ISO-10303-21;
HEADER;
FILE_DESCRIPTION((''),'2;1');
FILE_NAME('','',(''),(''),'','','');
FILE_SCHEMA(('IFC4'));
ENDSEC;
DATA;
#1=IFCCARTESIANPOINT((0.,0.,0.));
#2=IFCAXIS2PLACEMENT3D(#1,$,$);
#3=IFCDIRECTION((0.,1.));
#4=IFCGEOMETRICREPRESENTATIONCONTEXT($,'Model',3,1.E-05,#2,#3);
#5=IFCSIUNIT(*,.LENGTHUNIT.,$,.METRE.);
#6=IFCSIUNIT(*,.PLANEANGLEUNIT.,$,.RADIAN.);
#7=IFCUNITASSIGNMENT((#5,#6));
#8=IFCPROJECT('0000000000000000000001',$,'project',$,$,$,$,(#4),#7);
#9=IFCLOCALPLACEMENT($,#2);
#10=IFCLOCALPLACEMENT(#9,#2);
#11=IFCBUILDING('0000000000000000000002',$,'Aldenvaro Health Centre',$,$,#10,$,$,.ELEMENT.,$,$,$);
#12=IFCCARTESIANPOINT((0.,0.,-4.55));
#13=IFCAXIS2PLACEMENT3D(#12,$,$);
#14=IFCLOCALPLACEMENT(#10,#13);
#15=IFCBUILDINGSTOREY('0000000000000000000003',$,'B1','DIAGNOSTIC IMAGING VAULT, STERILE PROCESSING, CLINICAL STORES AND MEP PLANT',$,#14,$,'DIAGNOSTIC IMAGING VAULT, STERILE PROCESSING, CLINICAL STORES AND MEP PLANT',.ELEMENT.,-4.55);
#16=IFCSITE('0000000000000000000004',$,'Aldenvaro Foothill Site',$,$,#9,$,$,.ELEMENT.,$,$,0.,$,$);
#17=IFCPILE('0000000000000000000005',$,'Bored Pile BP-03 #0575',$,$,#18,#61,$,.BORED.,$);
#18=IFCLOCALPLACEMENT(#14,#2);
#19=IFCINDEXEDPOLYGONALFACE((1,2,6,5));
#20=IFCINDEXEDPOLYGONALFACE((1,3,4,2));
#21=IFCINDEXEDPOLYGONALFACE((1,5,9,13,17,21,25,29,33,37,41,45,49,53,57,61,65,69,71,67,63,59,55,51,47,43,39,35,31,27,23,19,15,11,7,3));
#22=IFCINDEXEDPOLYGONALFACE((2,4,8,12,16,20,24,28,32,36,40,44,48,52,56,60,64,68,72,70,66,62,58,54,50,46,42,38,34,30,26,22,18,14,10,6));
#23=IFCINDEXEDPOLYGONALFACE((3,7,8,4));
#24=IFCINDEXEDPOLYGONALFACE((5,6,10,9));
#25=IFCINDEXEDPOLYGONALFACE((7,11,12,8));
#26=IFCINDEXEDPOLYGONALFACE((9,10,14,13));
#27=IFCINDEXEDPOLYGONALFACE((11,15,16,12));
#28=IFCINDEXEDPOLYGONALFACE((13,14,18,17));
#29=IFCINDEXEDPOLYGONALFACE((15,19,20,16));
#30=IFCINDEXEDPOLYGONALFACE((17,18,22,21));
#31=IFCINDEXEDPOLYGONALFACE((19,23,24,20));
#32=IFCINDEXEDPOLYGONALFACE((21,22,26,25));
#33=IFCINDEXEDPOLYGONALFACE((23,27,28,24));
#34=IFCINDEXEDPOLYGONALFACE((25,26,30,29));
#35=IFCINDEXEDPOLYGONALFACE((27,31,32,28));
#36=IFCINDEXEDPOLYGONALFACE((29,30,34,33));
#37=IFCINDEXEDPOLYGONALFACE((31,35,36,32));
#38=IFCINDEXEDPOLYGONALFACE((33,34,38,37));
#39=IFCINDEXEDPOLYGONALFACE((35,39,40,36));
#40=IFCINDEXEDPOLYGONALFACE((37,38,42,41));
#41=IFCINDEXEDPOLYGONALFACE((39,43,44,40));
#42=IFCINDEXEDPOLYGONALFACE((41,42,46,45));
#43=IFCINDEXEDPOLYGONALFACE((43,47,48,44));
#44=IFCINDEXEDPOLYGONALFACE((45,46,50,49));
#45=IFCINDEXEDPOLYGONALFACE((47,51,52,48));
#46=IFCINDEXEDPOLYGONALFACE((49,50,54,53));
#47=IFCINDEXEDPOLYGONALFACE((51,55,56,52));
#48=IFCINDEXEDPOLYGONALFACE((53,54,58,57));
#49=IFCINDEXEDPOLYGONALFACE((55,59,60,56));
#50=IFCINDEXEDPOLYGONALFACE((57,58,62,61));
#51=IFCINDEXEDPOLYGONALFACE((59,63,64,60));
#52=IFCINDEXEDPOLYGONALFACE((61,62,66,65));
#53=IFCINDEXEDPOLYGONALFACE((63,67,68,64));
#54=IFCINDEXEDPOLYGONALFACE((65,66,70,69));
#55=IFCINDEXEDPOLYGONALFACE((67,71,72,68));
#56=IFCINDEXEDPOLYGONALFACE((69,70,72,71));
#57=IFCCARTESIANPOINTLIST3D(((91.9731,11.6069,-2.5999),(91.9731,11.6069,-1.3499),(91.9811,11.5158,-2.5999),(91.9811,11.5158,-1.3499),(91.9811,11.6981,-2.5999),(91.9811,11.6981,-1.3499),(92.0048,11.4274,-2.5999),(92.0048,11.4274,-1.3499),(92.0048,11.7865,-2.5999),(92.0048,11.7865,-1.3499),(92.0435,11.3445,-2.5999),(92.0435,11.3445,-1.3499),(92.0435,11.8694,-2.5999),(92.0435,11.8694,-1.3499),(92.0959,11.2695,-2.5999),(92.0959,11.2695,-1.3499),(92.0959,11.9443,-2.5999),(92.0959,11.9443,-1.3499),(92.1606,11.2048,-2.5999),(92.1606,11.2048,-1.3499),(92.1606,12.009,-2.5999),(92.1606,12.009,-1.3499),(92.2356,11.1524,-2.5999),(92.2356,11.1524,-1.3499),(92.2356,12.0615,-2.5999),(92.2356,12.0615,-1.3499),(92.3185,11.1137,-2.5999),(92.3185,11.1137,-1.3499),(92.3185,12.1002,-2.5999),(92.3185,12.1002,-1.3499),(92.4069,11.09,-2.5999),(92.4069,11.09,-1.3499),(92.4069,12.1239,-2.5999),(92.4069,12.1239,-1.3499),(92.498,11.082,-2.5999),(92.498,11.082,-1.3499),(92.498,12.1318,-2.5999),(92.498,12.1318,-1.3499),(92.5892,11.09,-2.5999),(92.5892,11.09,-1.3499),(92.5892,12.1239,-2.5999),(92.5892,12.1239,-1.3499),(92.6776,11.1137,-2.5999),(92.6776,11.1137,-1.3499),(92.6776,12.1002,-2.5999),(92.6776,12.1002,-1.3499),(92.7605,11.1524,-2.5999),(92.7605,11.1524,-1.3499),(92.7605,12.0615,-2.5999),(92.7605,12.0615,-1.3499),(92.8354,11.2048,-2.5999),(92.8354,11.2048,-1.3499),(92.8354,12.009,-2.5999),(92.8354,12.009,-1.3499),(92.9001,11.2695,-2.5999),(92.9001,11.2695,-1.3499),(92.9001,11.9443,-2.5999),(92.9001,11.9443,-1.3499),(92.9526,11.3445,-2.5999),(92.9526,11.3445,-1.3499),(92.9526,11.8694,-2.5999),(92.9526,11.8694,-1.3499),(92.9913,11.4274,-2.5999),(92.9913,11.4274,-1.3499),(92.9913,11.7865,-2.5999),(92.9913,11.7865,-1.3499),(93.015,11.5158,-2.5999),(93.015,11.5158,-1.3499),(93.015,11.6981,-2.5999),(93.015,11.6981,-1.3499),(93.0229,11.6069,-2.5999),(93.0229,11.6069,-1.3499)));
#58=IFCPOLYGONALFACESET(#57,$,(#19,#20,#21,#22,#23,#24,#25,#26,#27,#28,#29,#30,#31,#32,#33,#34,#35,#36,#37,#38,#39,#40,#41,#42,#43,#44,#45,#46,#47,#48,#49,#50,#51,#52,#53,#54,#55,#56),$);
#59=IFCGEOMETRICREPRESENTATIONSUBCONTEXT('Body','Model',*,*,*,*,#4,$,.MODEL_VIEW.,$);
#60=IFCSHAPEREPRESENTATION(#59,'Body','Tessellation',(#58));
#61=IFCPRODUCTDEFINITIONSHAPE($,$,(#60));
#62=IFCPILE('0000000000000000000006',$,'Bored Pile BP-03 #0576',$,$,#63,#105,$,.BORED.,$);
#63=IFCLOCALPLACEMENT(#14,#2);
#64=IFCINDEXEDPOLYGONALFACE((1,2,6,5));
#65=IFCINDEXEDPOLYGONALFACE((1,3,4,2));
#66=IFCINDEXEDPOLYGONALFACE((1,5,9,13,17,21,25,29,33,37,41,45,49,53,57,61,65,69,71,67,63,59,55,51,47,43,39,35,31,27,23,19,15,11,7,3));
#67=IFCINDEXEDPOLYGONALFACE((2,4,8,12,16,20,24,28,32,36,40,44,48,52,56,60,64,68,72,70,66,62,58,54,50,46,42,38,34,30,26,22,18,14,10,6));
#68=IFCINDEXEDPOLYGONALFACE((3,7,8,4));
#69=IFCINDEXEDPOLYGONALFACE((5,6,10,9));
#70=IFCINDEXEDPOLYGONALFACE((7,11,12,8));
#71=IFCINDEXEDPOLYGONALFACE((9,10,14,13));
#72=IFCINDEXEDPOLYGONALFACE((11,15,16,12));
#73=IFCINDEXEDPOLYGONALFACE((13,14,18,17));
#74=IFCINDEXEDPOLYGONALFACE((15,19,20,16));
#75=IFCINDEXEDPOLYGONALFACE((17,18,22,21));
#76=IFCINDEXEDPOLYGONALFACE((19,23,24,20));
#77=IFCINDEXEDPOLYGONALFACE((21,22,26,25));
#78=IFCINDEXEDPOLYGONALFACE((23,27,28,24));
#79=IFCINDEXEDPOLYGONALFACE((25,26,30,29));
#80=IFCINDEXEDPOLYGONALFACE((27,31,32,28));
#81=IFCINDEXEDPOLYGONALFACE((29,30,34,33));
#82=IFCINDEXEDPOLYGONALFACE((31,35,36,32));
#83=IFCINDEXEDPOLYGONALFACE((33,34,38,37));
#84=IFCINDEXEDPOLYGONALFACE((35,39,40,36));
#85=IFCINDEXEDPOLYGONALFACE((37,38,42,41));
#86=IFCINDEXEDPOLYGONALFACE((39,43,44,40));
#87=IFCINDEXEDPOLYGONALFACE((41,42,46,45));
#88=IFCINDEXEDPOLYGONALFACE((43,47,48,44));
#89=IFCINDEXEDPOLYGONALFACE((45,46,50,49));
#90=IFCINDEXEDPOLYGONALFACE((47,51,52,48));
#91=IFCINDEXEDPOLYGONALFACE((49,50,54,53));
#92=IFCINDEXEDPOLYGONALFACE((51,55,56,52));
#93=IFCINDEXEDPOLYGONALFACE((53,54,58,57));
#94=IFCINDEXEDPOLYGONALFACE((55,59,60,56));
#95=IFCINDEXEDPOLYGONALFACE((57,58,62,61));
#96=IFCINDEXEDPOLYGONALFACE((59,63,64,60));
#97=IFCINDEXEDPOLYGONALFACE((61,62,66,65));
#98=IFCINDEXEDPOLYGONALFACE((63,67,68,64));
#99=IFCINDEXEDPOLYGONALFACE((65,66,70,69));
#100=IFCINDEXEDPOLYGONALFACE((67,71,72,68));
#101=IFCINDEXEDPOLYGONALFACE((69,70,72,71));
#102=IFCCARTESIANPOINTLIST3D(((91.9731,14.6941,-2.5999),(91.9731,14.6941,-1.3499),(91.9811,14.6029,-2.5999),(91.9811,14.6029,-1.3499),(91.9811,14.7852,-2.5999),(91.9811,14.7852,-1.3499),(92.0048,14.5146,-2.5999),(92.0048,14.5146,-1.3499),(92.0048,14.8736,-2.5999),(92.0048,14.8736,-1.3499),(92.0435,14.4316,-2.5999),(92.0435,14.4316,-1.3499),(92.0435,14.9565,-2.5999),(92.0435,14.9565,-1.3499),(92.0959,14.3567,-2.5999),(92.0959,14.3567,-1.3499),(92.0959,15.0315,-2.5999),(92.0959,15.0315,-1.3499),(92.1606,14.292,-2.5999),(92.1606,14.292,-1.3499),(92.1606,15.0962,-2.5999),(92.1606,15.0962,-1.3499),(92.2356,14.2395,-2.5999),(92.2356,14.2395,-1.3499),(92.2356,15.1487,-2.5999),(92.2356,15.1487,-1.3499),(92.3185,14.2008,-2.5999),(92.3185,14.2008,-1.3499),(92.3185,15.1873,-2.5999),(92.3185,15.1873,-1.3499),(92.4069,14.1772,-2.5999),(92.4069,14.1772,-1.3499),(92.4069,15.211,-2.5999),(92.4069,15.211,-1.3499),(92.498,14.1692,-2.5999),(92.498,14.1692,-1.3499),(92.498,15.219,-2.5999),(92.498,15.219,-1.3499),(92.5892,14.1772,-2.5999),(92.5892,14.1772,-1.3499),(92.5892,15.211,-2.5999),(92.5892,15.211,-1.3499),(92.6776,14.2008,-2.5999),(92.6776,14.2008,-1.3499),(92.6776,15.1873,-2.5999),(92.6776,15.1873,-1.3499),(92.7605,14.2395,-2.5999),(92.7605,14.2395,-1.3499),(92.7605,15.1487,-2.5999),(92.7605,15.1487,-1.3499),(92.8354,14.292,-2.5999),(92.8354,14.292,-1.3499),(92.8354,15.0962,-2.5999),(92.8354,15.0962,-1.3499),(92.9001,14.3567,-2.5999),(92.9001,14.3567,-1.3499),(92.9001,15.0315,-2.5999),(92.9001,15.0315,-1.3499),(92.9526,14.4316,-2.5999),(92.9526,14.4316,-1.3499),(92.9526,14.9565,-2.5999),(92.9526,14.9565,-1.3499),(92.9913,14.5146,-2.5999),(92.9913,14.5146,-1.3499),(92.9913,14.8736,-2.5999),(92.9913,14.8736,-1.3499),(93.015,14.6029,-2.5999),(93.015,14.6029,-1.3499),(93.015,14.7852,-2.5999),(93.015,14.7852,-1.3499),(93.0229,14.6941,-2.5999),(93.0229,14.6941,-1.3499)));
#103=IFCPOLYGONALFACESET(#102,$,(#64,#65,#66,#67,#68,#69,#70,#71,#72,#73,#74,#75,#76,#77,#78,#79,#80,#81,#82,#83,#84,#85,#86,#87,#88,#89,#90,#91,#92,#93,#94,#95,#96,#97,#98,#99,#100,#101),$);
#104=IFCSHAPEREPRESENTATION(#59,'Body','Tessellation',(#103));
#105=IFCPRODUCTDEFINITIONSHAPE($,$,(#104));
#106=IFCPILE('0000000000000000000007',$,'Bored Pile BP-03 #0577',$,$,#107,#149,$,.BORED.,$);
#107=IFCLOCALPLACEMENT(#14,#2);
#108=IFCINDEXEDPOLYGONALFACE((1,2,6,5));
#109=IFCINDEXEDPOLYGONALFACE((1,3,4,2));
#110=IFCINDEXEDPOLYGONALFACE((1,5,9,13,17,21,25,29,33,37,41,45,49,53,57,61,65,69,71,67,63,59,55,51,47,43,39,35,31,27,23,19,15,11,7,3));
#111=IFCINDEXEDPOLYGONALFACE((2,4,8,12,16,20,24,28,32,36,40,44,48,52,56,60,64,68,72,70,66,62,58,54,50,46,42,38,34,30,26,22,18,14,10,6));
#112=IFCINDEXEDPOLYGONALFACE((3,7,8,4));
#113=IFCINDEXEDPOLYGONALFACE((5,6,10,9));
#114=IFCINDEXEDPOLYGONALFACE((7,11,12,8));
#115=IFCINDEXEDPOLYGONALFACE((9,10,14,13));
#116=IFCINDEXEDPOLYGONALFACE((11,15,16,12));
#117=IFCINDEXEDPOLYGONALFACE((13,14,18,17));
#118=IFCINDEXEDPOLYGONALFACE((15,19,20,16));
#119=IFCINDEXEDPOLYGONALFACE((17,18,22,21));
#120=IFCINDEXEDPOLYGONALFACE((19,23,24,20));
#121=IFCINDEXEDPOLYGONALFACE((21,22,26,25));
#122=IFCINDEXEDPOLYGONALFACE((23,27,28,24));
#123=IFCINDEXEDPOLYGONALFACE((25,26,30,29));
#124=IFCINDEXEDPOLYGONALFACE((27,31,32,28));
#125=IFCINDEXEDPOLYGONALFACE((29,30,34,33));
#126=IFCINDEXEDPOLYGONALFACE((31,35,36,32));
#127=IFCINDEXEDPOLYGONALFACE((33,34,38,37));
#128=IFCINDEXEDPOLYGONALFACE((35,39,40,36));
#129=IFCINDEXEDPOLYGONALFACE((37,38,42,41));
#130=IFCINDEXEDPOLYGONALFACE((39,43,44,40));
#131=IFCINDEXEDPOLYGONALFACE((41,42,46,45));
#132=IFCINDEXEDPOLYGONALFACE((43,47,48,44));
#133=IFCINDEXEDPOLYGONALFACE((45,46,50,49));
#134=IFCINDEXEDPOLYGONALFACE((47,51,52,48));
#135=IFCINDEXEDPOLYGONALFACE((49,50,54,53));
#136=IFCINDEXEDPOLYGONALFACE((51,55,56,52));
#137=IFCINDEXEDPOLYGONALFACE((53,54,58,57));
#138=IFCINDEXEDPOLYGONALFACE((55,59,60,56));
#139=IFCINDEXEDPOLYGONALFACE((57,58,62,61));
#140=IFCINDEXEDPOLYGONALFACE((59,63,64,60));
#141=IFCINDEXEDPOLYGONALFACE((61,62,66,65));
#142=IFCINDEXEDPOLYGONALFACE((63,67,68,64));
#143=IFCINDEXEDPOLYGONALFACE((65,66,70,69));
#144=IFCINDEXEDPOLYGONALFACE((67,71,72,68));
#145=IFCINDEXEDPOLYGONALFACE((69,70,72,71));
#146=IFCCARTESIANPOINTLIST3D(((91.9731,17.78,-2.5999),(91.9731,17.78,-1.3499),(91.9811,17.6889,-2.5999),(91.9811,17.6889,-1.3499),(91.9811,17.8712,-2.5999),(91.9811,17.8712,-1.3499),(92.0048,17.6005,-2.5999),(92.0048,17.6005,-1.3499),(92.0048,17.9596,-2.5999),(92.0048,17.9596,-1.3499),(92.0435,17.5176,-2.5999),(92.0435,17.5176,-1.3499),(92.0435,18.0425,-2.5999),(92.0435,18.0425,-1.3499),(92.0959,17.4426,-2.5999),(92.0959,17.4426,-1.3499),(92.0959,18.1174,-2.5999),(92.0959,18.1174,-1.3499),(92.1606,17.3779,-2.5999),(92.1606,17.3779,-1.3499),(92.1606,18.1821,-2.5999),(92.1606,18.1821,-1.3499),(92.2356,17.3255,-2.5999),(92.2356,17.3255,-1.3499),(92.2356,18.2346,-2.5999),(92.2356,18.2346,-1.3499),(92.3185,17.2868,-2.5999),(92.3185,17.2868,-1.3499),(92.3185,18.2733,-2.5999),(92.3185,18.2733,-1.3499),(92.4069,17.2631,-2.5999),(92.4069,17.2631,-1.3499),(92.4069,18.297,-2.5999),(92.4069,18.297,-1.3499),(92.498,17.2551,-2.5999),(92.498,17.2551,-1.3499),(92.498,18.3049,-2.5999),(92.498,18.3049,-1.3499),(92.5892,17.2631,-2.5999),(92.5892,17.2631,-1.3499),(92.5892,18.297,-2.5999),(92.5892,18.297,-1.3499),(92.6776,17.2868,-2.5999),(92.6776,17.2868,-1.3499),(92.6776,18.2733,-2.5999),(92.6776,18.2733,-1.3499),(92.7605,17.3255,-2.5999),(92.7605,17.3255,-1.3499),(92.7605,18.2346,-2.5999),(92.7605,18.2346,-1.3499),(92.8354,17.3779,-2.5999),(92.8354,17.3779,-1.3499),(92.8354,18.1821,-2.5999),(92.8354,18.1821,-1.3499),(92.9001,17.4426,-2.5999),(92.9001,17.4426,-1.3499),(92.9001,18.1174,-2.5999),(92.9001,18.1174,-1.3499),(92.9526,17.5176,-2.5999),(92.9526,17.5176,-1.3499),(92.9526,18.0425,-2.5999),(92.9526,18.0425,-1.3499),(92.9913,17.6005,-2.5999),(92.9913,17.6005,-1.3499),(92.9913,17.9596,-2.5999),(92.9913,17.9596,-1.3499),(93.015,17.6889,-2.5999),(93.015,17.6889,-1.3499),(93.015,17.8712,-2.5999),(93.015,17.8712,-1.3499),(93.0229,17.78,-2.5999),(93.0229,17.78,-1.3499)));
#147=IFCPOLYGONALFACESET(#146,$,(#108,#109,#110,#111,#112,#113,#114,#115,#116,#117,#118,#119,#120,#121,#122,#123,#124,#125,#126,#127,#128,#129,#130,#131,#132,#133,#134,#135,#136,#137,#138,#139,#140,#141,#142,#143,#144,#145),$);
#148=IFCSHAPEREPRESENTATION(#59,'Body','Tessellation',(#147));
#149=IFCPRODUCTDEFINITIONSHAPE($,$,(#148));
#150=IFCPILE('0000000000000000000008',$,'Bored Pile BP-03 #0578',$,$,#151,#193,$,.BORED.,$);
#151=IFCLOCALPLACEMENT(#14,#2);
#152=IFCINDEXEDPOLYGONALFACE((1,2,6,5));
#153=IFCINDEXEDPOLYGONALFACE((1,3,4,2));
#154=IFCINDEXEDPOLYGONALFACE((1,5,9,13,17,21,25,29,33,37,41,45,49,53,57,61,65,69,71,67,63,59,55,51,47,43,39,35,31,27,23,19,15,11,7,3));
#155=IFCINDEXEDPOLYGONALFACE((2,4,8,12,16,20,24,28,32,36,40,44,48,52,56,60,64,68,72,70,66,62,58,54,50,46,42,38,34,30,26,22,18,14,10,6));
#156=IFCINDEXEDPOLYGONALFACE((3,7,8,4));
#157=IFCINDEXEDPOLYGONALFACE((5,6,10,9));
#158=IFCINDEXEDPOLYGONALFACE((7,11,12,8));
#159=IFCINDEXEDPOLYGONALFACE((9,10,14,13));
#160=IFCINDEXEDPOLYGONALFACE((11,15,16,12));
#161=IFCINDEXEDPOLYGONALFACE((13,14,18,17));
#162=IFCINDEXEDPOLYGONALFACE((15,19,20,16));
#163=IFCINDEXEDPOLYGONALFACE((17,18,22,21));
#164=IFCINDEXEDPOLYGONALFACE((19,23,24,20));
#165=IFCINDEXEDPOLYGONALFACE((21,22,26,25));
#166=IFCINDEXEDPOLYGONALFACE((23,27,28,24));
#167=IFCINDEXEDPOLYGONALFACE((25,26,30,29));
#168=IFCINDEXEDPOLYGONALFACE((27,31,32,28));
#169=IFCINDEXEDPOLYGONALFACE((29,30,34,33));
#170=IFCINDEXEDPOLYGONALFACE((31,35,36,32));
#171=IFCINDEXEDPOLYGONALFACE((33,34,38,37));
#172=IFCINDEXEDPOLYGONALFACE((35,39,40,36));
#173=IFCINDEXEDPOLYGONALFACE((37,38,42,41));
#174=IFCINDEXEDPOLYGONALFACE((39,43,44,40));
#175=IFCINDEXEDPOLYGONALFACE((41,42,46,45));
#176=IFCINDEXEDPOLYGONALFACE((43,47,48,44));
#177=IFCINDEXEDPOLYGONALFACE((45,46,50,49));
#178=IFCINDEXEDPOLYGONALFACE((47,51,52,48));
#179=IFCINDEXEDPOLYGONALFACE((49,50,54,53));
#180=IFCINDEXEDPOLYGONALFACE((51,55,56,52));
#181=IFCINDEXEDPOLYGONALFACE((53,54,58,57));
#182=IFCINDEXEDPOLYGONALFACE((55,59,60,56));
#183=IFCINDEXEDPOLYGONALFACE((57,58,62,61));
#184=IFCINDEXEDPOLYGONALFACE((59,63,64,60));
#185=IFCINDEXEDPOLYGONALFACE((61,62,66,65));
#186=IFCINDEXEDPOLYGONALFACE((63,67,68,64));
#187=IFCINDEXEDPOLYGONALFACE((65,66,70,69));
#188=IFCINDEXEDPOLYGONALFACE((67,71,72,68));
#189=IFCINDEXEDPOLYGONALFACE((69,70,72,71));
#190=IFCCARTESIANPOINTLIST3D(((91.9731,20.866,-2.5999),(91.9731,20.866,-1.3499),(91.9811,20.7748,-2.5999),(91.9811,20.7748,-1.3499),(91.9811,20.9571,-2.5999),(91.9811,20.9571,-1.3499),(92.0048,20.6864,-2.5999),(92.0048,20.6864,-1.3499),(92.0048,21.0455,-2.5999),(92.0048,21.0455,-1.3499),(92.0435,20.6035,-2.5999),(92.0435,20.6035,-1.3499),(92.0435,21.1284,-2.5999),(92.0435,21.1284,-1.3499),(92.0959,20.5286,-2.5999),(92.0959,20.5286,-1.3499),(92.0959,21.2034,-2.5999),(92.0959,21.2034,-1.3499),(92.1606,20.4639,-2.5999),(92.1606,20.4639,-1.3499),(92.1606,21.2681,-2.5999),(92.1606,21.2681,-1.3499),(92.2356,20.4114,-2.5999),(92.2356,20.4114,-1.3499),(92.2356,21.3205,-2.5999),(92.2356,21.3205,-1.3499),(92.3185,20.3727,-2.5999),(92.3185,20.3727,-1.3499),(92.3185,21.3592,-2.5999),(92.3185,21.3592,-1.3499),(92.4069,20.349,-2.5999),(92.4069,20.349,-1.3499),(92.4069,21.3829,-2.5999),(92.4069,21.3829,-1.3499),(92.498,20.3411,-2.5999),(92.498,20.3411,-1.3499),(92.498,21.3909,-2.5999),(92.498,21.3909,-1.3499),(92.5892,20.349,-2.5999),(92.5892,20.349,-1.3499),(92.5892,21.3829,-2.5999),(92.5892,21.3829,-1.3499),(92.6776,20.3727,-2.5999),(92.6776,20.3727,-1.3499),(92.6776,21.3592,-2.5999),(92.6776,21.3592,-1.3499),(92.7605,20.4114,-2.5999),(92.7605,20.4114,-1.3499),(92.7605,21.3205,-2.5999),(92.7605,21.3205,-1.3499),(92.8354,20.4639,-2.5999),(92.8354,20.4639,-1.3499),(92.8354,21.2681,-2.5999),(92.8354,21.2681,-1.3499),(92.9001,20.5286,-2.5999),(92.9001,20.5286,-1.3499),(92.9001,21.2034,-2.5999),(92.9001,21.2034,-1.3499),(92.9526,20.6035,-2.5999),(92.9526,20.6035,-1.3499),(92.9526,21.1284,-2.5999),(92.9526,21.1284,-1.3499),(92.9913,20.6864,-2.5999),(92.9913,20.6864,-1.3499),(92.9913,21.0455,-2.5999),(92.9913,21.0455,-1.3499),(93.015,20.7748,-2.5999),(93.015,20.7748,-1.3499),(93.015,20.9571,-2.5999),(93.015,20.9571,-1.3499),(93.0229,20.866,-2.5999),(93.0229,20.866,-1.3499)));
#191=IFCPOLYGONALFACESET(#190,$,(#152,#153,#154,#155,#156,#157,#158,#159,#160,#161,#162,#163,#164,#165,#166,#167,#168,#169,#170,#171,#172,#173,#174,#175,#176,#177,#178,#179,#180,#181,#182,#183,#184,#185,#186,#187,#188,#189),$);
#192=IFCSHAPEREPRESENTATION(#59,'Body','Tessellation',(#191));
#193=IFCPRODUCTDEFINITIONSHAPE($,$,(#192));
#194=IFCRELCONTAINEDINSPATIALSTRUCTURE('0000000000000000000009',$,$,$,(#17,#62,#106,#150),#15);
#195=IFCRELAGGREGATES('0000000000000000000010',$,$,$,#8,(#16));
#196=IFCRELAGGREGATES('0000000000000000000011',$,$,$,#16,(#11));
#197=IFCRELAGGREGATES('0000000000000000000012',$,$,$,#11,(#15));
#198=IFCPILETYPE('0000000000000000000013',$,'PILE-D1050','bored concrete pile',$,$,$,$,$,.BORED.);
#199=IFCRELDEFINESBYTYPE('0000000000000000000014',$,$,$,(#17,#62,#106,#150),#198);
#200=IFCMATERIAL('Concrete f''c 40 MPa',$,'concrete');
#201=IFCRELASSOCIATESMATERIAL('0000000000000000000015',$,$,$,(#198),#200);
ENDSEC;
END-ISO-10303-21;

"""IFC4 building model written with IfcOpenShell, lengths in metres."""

from ifc_helpers import new_model, si_unit, direction, frame, origin, origin_2d, place, context, subcontext, project, spatial, circle, extrude, material, material_profile, profile_set, type_object, element, save


model = new_model("IFC4")

# Units and contexts
model_context = context("Model", 3, precision=1e-05, world=origin(), true_north=direction((0.0, 1.0)))
body_context = subcontext(model_context, "Body", "Model", "MODEL_VIEW")
ifc_project = project(units=[si_unit("LENGTHUNIT", "METRE"), si_unit("PLANEANGLEUNIT", "RADIAN")], contexts=[model_context])

# Site, building, storey
site_placement = place(None, origin())
site = spatial("IfcSite", under=ifc_project, at=site_placement, Name="Aldenvaro Foothill Site", CompositionType="ELEMENT", RefElevation=0.0)
building_placement = place(site_placement, origin())
building = spatial("IfcBuilding", under=site, at=building_placement, Name="Aldenvaro Health Centre", CompositionType="ELEMENT")
storey_placement = place(building_placement, frame((0.0, 0.0, -4.55)))
storey = spatial("IfcBuildingStorey", under=building, at=storey_placement, Name="B1", Description="DIAGNOSTIC IMAGING VAULT, STERILE PROCESSING, CLINICAL STORES AND MEP PLANT", LongName="DIAGNOSTIC IMAGING VAULT, STERILE PROCESSING, CLINICAL STORES AND MEP PLANT", CompositionType="ELEMENT", Elevation=-4.55)

# Piles
ifc_material_1 = material(Name="Concrete f'c 40 MPa", Category="concrete")
ifc_material_profile_1 = material_profile(ifc_material_1, circle(Radius=0.5249, at=origin_2d()), Name="PILE D1050", Category="concrete")
ifc_profile_set_1 = profile_set([ifc_material_profile_1], Name="Concrete f'c 40 MPa")
pile_type = type_object("IfcPileType", Name="PILE-D1050", Description="bored concrete pile", PredefinedType="BORED", material=ifc_profile_set_1)
for number, where, z_axis, x_axis, name in (
    (1, (92.498, 11.6069, -1.3499), (0.0, 0.0, -1.0), (1.0, 0.0, 0.0), "Bored Pile BP-03 #0575"),
    (2, (92.498, 14.6941, -1.3499), (0.0, 0.0, -1.0), (1.0, 0.0, 0.0), "Bored Pile BP-03 #0576"),
    (3, (92.498, 17.78, -1.3499), (0.0, 0.0, -1.0), (1.0, 0.0, 0.0), "Bored Pile BP-03 #0577"),
    (4, (92.498, 20.866, -1.3499), (0.0, 0.0, -1.0), (1.0, 0.0, 0.0), "Bored Pile BP-03 #0578"),
):
    element("IfcPile", number, at=place(storey_placement, frame(where, z_axis=z_axis, x_axis=x_axis)), inside=storey, type_object=pile_type, Name=name, PredefinedType="BORED", context=body_context, shape_type="SweptSolid", body=[
        extrude(circle(Radius=0.5249, at=origin_2d()), origin(), (0.0, 0.0, 1.0), 1.25),
    ])

save(model, "model.ifc")
